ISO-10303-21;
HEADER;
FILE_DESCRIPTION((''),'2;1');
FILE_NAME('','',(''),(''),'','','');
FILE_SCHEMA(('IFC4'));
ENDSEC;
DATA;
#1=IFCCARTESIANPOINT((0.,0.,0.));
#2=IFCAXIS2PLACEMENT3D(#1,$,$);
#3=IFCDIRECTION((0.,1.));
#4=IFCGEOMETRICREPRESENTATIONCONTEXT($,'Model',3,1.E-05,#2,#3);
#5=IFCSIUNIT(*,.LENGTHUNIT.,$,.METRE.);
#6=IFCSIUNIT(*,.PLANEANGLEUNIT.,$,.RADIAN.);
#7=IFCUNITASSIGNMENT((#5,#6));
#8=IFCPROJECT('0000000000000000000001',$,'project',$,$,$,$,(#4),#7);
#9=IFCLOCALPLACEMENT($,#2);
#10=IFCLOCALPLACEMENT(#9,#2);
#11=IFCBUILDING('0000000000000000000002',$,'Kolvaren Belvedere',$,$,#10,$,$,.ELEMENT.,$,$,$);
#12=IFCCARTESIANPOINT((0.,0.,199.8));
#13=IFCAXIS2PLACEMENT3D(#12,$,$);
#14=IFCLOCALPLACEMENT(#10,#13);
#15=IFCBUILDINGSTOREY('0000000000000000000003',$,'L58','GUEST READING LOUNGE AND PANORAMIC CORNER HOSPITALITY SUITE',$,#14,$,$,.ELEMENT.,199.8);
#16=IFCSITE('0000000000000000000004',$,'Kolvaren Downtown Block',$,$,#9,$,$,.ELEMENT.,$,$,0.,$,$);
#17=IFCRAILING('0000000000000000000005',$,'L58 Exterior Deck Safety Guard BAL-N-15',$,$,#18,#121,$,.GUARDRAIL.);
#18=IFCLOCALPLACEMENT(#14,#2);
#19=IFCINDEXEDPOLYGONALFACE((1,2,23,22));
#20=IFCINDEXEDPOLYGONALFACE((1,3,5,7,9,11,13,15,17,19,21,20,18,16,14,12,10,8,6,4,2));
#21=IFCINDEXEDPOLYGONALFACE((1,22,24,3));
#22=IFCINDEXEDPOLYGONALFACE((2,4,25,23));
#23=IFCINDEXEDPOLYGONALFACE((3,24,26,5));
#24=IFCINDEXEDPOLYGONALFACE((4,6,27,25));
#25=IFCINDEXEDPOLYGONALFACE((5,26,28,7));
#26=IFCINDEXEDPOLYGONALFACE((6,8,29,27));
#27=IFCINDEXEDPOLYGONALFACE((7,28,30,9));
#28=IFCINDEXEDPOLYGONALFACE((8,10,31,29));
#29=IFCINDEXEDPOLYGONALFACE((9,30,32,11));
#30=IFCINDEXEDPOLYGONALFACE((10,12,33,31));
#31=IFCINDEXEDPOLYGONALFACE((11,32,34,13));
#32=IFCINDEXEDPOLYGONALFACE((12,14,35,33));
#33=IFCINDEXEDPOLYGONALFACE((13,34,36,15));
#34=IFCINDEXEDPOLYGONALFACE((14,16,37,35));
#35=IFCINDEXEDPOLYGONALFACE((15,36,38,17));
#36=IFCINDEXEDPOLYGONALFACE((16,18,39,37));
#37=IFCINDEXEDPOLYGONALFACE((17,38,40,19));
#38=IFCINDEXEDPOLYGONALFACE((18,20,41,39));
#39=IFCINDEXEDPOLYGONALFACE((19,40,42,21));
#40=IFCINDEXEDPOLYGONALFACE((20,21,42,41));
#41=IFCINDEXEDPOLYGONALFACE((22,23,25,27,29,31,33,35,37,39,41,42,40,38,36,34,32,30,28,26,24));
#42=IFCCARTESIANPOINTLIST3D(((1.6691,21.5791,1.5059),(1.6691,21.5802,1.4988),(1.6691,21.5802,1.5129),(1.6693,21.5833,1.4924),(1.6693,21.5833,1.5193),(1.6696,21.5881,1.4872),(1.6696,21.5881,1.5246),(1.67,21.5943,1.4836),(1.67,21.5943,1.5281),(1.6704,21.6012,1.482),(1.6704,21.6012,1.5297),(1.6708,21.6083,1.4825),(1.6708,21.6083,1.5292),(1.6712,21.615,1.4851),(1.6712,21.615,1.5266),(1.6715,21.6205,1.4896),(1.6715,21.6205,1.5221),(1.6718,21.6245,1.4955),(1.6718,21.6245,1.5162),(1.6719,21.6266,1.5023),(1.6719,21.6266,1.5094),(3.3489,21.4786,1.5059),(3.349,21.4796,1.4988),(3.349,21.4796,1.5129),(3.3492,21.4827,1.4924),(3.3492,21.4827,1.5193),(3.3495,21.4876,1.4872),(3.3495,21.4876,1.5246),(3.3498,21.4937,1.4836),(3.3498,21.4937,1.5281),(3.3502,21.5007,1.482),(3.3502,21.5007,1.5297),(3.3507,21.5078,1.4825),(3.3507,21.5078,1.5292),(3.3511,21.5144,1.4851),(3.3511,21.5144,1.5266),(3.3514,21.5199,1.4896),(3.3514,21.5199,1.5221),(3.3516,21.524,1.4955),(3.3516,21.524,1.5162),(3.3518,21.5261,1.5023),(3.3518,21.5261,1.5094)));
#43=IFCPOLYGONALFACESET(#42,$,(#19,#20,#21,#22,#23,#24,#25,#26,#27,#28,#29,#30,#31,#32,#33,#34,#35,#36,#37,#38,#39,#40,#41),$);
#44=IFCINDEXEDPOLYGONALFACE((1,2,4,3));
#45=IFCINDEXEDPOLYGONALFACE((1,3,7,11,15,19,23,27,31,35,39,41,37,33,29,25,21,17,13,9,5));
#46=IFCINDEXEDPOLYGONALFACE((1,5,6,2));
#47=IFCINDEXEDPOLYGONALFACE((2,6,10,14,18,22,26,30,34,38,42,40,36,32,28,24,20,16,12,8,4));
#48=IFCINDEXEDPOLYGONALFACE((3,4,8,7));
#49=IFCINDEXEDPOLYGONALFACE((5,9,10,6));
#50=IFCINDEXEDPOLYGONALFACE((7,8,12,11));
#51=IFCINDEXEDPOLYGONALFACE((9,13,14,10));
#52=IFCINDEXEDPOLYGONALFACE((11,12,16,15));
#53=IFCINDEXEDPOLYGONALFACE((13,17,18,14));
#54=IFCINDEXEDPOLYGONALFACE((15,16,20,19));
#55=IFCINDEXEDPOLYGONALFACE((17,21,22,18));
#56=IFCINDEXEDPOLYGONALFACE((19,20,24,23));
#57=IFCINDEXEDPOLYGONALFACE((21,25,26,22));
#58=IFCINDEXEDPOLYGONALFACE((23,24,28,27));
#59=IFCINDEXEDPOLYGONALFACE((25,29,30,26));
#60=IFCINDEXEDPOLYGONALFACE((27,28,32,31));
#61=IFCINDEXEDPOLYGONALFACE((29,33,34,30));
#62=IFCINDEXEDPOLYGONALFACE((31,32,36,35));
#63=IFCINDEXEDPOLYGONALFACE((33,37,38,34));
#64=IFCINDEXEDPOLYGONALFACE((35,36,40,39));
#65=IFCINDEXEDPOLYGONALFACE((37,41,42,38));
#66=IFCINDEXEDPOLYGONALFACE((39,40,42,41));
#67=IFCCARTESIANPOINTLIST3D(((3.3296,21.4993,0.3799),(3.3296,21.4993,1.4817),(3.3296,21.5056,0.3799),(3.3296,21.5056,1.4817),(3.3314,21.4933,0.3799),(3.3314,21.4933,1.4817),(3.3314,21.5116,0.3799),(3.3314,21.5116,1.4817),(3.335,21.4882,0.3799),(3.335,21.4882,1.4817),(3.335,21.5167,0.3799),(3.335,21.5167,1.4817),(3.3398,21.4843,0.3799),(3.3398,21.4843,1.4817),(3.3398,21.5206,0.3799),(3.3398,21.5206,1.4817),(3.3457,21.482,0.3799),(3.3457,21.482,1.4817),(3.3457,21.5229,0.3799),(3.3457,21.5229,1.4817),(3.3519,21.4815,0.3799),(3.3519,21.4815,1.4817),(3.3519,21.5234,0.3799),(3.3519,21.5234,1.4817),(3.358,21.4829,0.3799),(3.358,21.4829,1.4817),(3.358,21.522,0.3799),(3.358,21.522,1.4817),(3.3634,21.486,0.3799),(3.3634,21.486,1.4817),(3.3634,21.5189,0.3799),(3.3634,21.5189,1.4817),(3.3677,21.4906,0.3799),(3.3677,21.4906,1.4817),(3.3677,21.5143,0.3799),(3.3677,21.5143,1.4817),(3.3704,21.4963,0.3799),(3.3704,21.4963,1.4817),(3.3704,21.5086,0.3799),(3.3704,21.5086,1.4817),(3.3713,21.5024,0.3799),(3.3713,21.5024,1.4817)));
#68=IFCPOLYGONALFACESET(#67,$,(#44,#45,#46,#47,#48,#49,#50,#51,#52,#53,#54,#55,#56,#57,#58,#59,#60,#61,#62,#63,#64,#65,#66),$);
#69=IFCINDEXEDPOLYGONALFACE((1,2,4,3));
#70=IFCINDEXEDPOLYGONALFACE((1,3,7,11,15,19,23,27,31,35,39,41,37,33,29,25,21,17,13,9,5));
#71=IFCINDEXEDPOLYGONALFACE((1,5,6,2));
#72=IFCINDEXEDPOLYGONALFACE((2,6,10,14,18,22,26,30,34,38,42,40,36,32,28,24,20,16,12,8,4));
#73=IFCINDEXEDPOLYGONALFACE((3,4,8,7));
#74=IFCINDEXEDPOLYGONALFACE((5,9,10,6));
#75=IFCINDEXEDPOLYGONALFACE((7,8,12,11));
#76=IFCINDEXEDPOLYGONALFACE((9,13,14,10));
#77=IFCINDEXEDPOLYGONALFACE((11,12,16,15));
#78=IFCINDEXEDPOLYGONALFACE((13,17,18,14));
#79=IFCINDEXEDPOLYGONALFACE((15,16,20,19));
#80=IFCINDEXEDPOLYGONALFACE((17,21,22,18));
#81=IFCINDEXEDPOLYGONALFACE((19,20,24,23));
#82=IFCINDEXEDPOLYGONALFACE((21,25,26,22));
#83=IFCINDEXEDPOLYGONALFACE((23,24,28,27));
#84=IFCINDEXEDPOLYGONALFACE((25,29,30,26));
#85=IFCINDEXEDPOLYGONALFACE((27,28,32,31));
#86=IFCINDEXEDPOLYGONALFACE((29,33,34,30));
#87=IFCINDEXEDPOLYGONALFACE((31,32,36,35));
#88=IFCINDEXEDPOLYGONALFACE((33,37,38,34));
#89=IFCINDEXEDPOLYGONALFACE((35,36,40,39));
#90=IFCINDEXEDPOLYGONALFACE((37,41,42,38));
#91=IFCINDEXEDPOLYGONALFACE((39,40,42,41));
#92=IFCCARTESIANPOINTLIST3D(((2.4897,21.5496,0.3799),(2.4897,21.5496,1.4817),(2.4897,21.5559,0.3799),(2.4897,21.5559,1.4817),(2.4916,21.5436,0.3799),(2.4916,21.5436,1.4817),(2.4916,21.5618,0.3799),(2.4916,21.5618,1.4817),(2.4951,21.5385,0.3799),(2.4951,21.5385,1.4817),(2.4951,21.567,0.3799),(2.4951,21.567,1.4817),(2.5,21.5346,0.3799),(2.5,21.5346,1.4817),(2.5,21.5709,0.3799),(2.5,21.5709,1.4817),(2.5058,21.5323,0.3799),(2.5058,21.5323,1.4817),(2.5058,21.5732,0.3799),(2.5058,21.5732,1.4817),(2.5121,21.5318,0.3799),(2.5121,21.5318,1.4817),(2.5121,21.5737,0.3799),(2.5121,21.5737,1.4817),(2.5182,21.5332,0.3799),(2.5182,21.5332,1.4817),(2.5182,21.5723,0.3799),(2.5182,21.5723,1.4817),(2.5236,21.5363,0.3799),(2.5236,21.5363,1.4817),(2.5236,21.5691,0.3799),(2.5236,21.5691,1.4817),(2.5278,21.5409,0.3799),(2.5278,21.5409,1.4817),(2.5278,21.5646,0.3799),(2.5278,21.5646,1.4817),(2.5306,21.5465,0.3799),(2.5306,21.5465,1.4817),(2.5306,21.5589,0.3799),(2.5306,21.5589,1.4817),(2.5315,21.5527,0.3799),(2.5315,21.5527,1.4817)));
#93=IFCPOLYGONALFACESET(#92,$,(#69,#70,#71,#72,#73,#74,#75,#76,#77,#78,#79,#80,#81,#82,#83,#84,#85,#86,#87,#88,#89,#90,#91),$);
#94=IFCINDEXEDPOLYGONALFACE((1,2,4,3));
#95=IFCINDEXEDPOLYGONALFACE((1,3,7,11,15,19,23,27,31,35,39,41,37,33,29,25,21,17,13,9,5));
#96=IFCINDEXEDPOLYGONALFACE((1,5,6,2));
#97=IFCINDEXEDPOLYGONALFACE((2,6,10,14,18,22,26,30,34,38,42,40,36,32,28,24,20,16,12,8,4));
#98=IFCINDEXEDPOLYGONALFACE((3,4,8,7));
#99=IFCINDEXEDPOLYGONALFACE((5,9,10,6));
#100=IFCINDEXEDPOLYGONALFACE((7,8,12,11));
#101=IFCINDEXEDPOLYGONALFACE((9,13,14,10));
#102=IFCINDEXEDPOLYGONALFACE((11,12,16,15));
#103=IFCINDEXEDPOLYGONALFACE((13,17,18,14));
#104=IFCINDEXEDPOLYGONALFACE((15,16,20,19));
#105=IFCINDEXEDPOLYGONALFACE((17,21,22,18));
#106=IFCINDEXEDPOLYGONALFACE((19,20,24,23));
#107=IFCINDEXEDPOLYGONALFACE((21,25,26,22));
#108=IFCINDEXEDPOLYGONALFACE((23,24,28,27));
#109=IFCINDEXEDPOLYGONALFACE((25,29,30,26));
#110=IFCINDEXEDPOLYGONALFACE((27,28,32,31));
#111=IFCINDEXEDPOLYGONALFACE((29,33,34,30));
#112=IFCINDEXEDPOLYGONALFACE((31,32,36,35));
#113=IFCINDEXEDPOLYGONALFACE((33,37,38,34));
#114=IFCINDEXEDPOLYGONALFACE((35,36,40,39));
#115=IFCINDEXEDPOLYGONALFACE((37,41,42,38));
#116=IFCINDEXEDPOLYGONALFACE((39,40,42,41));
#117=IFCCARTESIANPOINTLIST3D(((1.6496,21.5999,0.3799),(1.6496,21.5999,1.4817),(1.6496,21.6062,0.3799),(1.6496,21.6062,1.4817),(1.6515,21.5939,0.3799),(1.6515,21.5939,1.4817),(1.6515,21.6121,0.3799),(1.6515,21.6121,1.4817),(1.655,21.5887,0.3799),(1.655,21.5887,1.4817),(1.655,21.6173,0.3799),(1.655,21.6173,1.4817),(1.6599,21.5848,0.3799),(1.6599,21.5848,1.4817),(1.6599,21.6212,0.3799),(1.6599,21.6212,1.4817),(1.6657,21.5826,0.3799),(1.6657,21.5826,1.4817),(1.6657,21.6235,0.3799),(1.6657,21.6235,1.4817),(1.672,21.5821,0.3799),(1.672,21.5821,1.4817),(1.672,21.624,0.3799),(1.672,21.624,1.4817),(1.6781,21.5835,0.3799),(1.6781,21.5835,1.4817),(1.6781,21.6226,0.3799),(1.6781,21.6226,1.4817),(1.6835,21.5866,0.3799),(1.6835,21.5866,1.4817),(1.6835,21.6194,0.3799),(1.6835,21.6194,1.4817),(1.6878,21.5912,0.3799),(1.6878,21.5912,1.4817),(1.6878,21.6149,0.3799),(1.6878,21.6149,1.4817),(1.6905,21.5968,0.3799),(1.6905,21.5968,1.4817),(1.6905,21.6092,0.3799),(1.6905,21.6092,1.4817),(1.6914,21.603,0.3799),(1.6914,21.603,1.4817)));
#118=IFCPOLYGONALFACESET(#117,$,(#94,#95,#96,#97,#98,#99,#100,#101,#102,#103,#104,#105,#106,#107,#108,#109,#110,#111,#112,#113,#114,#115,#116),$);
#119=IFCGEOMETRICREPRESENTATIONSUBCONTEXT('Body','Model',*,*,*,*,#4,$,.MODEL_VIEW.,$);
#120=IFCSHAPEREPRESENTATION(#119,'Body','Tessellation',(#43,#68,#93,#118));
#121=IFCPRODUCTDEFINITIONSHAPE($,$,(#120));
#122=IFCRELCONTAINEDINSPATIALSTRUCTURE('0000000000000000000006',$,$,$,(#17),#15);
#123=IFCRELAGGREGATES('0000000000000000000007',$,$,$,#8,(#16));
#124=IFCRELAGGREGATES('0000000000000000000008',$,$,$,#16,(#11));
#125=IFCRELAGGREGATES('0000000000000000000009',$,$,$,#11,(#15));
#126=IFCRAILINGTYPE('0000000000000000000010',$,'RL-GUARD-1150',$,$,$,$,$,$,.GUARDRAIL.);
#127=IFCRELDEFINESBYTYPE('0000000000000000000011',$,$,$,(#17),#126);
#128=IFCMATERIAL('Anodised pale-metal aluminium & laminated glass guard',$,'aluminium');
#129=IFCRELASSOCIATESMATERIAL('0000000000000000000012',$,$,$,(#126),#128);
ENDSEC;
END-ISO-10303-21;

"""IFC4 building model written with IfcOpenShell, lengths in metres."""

from ifc_helpers import new_model, si_unit, direction, frame, origin, origin_2d, place, context, subcontext, project, spatial, circle, extrude, material, type_object, element, save


model = new_model("IFC4")

# Units and contexts
model_context = context("Model", 3, precision=1e-05, world=origin(), true_north=direction((0.0, 1.0)))
body_context = subcontext(model_context, "Body", "Model", "MODEL_VIEW")
ifc_project = project(units=[si_unit("LENGTHUNIT", "METRE"), si_unit("PLANEANGLEUNIT", "RADIAN")], contexts=[model_context])

# Site, building, storey
site_placement = place(None, origin())
site = spatial("IfcSite", under=ifc_project, at=site_placement, Name="Kolvaren Downtown Block", CompositionType="ELEMENT", RefElevation=0.0)
building_placement = place(site_placement, origin())
building = spatial("IfcBuilding", under=site, at=building_placement, Name="Kolvaren Belvedere", CompositionType="ELEMENT")
storey_placement = place(building_placement, frame((0.0, 0.0, 199.8)))
storey = spatial("IfcBuildingStorey", under=building, at=storey_placement, Name="L58", Description="GUEST READING LOUNGE AND PANORAMIC CORNER HOSPITALITY SUITE", CompositionType="ELEMENT", Elevation=199.8)

# Railing
ifc_material_1 = material(Name="Anodised pale-metal aluminium & laminated glass guard", Category="aluminium")
railing_type = type_object("IfcRailingType", Name="RL-GUARD-1150", PredefinedType="GUARDRAIL", material=ifc_material_1)
railing_1_placement = place(storey_placement, frame((3.3503, 21.5024, 0.3799)))
element("IfcRailing", 1, at=railing_1_placement, inside=storey, type_object=railing_type, Name="L58 Exterior Deck Safety Guard BAL-N-15", PredefinedType="GUARDRAIL", context=body_context, shape_type="SweptSolid", body=[
    extrude(circle(Radius=0.0239, at=origin_2d()), frame((0.0, 0.0, 1.126), z_axis=(-0.998212, 0.059768, 0.0), x_axis=(-0.059768, -0.998212, 0.0)), (0.0, 0.0, 1.0), 1.6829),
    extrude(circle(Radius=0.021, at=origin_2d()), origin(), (0.0, 0.0, 1.0), 1.1018),
    extrude(circle(Radius=0.021, at=origin_2d()), frame((-0.8398, 0.0503, 0.0)), (0.0, 0.0, 1.0), 1.1018),
    extrude(circle(Radius=0.021, at=origin_2d()), frame((-1.6799, 0.1006, 0.0)), (0.0, 0.0, 1.0), 1.1018),
])

save(model, "model.ifc")
